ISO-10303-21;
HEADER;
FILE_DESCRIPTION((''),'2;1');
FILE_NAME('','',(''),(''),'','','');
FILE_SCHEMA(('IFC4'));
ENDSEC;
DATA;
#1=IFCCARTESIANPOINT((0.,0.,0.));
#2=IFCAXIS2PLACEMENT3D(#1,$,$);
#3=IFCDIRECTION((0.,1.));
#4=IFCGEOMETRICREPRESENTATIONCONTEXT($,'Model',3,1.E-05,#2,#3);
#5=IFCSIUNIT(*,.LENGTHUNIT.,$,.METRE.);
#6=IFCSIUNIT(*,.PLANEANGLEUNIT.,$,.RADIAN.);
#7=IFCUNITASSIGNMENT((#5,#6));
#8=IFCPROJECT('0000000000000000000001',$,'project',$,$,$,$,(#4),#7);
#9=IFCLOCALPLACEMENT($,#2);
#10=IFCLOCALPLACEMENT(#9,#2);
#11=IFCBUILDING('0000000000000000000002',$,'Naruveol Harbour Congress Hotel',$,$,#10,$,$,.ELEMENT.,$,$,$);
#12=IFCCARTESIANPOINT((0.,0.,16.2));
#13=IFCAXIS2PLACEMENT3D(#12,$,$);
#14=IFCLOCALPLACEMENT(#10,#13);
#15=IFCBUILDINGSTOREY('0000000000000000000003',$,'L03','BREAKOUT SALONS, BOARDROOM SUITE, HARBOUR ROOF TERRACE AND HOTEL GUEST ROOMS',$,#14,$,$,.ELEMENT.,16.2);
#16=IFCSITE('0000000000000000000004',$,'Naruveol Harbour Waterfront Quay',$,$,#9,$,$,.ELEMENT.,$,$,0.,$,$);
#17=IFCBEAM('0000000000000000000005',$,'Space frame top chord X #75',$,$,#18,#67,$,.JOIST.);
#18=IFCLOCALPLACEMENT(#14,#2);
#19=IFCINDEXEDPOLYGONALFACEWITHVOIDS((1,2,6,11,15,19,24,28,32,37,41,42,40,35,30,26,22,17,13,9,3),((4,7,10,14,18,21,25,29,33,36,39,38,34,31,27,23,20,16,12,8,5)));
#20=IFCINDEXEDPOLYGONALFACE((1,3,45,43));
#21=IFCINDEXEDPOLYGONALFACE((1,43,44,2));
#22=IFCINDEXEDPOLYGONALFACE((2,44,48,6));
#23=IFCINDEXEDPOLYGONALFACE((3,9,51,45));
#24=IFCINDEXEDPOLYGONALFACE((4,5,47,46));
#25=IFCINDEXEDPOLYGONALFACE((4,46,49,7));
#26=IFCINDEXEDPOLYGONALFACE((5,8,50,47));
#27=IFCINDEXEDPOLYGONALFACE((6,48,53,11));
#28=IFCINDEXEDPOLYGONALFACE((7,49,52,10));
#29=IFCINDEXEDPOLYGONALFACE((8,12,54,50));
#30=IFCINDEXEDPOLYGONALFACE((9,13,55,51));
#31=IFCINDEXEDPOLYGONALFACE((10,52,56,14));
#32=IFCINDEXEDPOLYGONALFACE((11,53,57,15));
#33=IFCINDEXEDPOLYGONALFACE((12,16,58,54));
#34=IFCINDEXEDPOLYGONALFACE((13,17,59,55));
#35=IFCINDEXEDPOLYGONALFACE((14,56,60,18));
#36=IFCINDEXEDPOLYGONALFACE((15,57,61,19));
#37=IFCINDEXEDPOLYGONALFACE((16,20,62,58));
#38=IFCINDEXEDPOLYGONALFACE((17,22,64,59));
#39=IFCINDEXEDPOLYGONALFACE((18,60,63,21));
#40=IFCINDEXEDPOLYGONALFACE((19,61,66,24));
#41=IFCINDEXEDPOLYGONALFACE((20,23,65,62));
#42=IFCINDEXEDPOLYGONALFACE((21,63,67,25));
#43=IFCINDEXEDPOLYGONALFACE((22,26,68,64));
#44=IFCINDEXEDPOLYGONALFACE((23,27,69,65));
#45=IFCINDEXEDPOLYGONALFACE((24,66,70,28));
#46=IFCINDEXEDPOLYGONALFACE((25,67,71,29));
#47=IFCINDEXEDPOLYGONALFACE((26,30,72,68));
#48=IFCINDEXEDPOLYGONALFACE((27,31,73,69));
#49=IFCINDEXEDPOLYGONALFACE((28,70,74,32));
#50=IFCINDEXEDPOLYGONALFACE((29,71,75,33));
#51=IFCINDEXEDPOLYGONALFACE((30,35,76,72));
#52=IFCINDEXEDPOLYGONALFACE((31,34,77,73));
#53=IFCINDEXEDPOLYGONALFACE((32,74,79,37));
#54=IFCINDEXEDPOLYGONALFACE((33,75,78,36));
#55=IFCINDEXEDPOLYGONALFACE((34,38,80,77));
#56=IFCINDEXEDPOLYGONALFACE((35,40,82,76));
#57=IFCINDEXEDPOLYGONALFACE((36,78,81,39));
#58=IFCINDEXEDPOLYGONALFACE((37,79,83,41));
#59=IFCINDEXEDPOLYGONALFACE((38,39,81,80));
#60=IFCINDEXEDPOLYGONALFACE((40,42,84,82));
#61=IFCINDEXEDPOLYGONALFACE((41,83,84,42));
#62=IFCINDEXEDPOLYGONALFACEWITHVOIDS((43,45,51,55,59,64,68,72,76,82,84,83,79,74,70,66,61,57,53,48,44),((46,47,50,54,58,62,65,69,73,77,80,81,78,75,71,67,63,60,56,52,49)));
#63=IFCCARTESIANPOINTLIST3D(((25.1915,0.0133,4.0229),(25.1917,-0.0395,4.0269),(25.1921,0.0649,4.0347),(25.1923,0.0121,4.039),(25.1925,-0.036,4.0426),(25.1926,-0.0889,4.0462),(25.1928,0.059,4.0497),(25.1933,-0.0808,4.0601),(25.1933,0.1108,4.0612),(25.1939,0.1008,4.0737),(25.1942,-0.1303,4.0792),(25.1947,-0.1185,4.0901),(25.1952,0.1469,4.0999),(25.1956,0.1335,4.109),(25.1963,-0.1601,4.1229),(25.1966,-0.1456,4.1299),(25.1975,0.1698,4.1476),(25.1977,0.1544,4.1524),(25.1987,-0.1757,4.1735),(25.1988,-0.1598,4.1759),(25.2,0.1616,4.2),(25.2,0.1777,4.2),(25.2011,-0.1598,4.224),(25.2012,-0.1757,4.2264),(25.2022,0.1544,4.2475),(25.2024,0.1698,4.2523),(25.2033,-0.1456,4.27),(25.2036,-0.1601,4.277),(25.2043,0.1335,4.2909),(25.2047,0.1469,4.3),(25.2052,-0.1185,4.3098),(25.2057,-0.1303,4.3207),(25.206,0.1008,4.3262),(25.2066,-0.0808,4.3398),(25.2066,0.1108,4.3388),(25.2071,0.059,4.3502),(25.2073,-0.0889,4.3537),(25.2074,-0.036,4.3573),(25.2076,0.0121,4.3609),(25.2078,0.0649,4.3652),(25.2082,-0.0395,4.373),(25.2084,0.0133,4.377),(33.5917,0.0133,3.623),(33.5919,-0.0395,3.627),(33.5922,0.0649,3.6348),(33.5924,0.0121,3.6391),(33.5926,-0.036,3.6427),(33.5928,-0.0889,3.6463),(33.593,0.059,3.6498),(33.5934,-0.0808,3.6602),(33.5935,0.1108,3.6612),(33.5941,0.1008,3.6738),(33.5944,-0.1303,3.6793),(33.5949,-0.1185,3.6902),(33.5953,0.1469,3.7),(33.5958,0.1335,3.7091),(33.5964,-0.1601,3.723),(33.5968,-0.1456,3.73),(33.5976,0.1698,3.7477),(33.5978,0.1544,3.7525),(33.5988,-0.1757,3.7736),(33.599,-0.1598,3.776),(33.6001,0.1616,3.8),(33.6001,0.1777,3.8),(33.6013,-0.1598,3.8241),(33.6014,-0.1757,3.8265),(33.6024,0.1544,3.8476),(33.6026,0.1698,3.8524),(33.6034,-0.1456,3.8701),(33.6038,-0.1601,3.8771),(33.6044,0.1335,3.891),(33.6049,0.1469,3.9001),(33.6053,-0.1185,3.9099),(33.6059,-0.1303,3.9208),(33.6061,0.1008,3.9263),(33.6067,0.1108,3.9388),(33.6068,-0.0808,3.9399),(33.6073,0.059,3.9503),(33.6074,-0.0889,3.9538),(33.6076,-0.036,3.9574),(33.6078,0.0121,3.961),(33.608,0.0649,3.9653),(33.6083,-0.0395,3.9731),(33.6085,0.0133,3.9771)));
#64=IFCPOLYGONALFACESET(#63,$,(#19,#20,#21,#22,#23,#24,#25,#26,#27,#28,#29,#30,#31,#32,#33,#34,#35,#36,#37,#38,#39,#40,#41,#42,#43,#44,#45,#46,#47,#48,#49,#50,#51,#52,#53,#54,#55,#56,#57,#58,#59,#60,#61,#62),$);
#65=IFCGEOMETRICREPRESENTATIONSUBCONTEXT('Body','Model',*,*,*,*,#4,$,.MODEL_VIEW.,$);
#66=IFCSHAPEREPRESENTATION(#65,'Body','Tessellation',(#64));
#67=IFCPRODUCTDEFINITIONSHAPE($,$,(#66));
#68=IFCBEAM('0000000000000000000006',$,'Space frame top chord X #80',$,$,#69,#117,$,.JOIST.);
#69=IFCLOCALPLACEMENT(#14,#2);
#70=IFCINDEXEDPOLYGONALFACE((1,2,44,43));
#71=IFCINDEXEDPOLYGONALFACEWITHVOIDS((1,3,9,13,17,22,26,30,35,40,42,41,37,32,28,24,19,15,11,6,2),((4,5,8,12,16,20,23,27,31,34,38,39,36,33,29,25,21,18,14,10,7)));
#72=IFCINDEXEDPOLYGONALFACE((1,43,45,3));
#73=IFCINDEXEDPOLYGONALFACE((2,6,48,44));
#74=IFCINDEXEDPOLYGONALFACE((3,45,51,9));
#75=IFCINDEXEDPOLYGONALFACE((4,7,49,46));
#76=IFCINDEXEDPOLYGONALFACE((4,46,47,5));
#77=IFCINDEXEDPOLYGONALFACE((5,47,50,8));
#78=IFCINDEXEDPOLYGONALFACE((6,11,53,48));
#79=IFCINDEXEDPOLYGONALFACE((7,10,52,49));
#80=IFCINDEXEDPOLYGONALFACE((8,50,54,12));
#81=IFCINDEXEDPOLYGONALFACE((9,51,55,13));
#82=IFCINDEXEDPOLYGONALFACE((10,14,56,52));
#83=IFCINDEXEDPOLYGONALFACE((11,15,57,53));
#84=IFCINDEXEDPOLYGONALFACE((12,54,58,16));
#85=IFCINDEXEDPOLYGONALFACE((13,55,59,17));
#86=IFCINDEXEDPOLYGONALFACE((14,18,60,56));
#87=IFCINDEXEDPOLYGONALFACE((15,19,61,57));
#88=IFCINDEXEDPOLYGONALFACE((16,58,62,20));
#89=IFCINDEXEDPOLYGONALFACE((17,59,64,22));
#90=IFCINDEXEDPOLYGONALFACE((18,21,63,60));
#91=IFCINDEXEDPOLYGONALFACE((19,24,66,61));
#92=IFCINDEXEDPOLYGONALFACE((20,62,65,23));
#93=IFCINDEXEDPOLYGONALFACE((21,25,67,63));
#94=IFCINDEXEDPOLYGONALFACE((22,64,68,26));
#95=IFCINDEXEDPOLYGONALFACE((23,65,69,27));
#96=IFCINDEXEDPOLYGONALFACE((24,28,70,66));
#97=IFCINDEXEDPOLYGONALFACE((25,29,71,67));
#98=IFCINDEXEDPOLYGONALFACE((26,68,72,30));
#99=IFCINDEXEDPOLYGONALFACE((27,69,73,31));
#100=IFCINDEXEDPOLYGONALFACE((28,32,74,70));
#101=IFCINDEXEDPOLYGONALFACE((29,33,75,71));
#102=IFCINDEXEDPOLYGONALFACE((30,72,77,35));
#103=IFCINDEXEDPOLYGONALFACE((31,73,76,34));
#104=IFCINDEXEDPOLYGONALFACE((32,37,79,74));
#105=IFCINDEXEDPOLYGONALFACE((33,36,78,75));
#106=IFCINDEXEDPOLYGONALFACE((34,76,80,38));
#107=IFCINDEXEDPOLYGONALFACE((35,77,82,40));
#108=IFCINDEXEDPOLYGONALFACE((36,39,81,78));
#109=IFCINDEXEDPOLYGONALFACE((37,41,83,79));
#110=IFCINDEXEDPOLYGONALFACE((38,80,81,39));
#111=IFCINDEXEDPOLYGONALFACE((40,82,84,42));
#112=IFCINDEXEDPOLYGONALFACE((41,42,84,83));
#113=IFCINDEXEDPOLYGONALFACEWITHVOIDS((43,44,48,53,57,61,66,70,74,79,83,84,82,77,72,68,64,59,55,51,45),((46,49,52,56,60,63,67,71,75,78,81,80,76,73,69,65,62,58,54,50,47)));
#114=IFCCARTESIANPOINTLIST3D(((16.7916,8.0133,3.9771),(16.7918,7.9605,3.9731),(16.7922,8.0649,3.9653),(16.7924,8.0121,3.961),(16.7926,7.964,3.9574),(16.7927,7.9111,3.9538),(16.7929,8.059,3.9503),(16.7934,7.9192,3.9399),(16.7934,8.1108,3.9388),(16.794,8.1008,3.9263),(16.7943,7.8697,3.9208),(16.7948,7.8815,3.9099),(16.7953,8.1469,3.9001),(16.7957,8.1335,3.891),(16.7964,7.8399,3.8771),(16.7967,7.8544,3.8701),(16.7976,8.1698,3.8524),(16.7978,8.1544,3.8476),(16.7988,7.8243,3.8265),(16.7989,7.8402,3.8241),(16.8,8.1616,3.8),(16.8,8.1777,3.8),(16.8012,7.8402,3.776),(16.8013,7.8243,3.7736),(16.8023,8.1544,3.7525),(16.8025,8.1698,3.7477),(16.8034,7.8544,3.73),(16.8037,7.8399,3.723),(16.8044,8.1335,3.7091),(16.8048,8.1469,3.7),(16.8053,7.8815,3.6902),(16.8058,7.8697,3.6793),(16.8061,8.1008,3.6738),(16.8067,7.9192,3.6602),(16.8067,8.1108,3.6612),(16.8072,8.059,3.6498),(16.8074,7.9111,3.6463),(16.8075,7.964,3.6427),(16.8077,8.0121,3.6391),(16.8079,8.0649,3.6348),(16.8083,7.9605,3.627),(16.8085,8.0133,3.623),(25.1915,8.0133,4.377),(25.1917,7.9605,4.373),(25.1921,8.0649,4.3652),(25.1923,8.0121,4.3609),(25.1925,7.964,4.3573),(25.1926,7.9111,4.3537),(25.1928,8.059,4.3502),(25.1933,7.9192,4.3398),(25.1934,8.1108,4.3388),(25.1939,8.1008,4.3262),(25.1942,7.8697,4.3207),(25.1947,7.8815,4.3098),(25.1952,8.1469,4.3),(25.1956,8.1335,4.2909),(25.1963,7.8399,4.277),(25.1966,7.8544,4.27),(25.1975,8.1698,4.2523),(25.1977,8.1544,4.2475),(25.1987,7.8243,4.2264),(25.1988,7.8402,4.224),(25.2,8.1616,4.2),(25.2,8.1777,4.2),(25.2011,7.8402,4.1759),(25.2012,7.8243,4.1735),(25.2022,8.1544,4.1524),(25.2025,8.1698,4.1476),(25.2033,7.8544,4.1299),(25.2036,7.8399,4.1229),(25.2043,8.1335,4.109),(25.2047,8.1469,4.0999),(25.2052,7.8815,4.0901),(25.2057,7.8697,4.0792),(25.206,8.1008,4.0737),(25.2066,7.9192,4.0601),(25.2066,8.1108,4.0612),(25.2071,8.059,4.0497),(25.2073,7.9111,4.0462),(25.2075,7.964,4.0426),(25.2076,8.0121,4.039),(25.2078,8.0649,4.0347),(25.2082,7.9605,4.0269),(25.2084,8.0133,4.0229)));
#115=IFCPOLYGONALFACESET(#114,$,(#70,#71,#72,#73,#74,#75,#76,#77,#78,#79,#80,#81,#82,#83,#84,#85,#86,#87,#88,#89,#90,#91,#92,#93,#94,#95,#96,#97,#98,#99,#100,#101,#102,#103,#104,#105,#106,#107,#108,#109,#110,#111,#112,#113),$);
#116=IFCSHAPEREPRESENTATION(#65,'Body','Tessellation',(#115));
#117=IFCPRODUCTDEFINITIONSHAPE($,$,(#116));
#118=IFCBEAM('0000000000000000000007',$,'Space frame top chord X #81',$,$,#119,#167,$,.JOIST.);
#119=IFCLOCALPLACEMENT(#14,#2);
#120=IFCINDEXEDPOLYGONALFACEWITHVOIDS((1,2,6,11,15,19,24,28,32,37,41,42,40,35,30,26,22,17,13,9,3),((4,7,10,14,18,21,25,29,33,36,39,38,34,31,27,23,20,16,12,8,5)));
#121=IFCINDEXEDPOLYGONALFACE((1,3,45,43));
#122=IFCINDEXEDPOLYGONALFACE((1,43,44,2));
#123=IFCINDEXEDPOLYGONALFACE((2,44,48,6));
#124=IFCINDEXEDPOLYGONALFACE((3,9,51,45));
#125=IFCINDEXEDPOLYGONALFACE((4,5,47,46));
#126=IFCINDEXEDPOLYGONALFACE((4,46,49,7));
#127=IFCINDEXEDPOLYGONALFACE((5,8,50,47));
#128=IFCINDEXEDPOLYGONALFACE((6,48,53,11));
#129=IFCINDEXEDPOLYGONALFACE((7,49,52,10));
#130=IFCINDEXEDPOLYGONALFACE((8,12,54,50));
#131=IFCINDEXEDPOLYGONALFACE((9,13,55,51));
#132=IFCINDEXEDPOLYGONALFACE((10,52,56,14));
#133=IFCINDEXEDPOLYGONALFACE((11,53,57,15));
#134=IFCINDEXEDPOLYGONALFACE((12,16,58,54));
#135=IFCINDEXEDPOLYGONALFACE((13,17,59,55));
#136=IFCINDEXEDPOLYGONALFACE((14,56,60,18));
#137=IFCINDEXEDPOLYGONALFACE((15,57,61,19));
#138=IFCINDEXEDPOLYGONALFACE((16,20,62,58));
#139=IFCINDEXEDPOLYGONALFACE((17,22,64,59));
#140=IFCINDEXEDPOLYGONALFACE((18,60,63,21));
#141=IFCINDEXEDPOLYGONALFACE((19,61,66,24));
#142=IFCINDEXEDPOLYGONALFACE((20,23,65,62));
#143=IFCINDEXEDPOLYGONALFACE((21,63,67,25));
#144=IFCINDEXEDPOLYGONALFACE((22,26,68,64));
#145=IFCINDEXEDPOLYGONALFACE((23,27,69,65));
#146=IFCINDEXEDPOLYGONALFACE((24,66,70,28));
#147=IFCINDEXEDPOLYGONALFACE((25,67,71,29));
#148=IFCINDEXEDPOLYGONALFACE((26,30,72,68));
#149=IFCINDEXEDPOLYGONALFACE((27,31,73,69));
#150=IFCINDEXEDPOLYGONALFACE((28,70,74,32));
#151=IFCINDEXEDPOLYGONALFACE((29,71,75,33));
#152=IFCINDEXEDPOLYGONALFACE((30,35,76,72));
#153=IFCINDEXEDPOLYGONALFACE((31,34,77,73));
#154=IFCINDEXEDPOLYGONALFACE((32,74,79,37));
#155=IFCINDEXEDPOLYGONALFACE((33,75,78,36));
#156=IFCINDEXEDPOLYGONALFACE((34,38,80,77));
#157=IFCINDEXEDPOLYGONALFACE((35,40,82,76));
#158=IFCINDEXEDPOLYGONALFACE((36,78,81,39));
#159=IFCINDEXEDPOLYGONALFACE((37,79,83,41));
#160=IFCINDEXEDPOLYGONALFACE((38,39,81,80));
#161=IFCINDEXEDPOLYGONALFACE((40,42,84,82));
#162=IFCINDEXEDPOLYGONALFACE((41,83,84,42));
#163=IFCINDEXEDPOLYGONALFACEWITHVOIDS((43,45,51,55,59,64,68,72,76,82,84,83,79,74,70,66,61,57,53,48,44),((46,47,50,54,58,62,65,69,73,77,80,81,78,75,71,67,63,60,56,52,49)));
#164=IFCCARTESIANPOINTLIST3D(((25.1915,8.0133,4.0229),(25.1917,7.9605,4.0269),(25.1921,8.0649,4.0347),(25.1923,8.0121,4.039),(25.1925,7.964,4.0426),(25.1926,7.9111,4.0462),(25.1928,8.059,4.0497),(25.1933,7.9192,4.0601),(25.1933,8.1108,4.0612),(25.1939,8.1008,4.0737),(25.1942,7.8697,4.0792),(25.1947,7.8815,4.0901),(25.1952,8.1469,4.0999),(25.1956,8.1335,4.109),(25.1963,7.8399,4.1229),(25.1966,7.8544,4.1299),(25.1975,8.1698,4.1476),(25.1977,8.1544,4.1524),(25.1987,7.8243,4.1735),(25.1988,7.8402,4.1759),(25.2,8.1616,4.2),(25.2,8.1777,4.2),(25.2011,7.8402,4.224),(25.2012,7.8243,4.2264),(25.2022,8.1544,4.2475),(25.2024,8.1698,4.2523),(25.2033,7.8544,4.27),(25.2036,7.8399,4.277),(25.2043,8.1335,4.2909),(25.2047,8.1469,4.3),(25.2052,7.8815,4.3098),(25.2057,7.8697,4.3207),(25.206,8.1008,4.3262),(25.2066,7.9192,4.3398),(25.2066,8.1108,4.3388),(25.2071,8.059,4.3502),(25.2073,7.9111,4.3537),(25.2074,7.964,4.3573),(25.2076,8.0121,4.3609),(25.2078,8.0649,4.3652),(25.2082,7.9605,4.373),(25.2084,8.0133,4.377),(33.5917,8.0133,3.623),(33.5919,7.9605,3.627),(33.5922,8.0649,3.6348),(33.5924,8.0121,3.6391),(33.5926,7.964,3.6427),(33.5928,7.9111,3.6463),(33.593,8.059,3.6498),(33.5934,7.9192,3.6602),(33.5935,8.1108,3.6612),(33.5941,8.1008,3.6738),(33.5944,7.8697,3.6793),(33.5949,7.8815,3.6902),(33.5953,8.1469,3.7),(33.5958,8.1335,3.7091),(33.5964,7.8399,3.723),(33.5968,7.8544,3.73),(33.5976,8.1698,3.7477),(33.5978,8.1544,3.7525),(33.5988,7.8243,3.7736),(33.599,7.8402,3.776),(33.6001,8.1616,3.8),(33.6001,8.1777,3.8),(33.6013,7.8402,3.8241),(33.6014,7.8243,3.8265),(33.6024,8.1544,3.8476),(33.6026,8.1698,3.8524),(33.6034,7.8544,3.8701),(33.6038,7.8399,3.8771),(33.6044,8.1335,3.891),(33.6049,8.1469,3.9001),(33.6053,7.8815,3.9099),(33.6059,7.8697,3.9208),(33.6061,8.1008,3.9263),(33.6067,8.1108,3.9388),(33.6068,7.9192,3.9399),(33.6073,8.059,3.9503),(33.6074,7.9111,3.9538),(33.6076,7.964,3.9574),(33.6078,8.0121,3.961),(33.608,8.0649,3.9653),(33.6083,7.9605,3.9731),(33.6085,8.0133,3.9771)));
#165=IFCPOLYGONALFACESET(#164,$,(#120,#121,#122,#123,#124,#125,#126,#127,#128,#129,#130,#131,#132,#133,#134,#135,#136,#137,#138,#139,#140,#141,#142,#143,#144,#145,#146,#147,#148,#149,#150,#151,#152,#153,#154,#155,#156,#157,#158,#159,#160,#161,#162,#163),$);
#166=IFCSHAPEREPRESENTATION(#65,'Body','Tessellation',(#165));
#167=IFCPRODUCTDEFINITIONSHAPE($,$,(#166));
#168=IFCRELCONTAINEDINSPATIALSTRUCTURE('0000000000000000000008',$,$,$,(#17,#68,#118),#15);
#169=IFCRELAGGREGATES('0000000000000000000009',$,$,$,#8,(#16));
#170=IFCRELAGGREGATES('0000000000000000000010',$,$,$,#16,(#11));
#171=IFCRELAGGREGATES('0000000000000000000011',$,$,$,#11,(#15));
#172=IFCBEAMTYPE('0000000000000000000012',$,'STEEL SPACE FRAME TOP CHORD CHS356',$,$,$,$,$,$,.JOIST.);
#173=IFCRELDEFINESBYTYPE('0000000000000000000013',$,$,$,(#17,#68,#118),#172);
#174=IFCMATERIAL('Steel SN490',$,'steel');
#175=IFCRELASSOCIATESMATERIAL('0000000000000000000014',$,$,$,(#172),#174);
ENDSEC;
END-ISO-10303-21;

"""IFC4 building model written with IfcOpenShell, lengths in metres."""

from ifc_helpers import new_model, si_unit, direction, frame, origin, origin_2d, place, context, subcontext, project, spatial, hollow_circle, extrude, material, material_profile, profile_set, type_object, element, save


model = new_model("IFC4")

# Units and contexts
model_context = context("Model", 3, precision=1e-05, world=origin(), true_north=direction((0.0, 1.0)))
body_context = subcontext(model_context, "Body", "Model", "MODEL_VIEW")
ifc_project = project(units=[si_unit("LENGTHUNIT", "METRE"), si_unit("PLANEANGLEUNIT", "RADIAN")], contexts=[model_context])

# Site, building, storey
site_placement = place(None, origin())
site = spatial("IfcSite", under=ifc_project, at=site_placement, Name="Naruveol Harbour Waterfront Quay", CompositionType="ELEMENT", RefElevation=0.0)
building_placement = place(site_placement, origin())
building = spatial("IfcBuilding", under=site, at=building_placement, Name="Naruveol Harbour Congress Hotel", CompositionType="ELEMENT")
storey_placement = place(building_placement, frame((0.0, 0.0, 16.2)))
storey = spatial("IfcBuildingStorey", under=building, at=storey_placement, Name="L03", Description="BREAKOUT SALONS, BOARDROOM SUITE, HARBOUR ROOF TERRACE AND HOTEL GUEST ROOMS", CompositionType="ELEMENT", Elevation=16.2)

# Beams
ifc_material_1 = material(Name="Steel SN490", Category="steel")
ifc_material_profile_1 = material_profile(ifc_material_1, hollow_circle(Radius=0.1777, WallThickness=0.0161, at=origin_2d()), Name="CHS-355.6x16")
ifc_profile_set_1 = profile_set([ifc_material_profile_1], Name="Steel SN490")
beam_type_1 = type_object("IfcBeamType", Name="STEEL SPACE FRAME TOP CHORD CHS356", PredefinedType="JOIST", material=ifc_profile_set_1)
beam_1_placement = place(storey_placement, frame((25.2, 0.0, 4.2), z_axis=(0.998869, 0.0, -0.047553), x_axis=(0.0, 1.0, 0.0)))
element("IfcBeam", 1, at=beam_1_placement, inside=storey, type_object=beam_type_1, Name="Space frame top chord X #75", PredefinedType="JOIST", context=body_context, shape_type="SweptSolid", body=[
    extrude(hollow_circle(Radius=0.1777, WallThickness=0.0161, at=origin_2d()), origin(), (0.0, 0.0, 1.0), 8.4097),
])
beam_2_placement = place(storey_placement, frame((16.8, 8.0, 3.8), z_axis=(0.998869, 0.0, 0.047554), x_axis=(0.0, 1.0, 0.0)))
element("IfcBeam", 2, at=beam_2_placement, inside=storey, type_object=beam_type_1, Name="Space frame top chord X #80", PredefinedType="JOIST", context=body_context, shape_type="SweptSolid", body=[
    extrude(hollow_circle(Radius=0.1777, WallThickness=0.0161, at=origin_2d()), origin(), (0.0, 0.0, 1.0), 8.4094),
])
beam_3_placement = place(storey_placement, frame((25.2, 8.0, 4.2), z_axis=(0.998869, 0.0, -0.047553), x_axis=(0.0, 1.0, 0.0)))
element("IfcBeam", 3, at=beam_3_placement, inside=storey, type_object=beam_type_1, Name="Space frame top chord X #81", PredefinedType="JOIST", context=body_context, shape_type="SweptSolid", body=[
    extrude(hollow_circle(Radius=0.1777, WallThickness=0.0161, at=origin_2d()), origin(), (0.0, 0.0, 1.0), 8.4097),
])

save(model, "model.ifc")
